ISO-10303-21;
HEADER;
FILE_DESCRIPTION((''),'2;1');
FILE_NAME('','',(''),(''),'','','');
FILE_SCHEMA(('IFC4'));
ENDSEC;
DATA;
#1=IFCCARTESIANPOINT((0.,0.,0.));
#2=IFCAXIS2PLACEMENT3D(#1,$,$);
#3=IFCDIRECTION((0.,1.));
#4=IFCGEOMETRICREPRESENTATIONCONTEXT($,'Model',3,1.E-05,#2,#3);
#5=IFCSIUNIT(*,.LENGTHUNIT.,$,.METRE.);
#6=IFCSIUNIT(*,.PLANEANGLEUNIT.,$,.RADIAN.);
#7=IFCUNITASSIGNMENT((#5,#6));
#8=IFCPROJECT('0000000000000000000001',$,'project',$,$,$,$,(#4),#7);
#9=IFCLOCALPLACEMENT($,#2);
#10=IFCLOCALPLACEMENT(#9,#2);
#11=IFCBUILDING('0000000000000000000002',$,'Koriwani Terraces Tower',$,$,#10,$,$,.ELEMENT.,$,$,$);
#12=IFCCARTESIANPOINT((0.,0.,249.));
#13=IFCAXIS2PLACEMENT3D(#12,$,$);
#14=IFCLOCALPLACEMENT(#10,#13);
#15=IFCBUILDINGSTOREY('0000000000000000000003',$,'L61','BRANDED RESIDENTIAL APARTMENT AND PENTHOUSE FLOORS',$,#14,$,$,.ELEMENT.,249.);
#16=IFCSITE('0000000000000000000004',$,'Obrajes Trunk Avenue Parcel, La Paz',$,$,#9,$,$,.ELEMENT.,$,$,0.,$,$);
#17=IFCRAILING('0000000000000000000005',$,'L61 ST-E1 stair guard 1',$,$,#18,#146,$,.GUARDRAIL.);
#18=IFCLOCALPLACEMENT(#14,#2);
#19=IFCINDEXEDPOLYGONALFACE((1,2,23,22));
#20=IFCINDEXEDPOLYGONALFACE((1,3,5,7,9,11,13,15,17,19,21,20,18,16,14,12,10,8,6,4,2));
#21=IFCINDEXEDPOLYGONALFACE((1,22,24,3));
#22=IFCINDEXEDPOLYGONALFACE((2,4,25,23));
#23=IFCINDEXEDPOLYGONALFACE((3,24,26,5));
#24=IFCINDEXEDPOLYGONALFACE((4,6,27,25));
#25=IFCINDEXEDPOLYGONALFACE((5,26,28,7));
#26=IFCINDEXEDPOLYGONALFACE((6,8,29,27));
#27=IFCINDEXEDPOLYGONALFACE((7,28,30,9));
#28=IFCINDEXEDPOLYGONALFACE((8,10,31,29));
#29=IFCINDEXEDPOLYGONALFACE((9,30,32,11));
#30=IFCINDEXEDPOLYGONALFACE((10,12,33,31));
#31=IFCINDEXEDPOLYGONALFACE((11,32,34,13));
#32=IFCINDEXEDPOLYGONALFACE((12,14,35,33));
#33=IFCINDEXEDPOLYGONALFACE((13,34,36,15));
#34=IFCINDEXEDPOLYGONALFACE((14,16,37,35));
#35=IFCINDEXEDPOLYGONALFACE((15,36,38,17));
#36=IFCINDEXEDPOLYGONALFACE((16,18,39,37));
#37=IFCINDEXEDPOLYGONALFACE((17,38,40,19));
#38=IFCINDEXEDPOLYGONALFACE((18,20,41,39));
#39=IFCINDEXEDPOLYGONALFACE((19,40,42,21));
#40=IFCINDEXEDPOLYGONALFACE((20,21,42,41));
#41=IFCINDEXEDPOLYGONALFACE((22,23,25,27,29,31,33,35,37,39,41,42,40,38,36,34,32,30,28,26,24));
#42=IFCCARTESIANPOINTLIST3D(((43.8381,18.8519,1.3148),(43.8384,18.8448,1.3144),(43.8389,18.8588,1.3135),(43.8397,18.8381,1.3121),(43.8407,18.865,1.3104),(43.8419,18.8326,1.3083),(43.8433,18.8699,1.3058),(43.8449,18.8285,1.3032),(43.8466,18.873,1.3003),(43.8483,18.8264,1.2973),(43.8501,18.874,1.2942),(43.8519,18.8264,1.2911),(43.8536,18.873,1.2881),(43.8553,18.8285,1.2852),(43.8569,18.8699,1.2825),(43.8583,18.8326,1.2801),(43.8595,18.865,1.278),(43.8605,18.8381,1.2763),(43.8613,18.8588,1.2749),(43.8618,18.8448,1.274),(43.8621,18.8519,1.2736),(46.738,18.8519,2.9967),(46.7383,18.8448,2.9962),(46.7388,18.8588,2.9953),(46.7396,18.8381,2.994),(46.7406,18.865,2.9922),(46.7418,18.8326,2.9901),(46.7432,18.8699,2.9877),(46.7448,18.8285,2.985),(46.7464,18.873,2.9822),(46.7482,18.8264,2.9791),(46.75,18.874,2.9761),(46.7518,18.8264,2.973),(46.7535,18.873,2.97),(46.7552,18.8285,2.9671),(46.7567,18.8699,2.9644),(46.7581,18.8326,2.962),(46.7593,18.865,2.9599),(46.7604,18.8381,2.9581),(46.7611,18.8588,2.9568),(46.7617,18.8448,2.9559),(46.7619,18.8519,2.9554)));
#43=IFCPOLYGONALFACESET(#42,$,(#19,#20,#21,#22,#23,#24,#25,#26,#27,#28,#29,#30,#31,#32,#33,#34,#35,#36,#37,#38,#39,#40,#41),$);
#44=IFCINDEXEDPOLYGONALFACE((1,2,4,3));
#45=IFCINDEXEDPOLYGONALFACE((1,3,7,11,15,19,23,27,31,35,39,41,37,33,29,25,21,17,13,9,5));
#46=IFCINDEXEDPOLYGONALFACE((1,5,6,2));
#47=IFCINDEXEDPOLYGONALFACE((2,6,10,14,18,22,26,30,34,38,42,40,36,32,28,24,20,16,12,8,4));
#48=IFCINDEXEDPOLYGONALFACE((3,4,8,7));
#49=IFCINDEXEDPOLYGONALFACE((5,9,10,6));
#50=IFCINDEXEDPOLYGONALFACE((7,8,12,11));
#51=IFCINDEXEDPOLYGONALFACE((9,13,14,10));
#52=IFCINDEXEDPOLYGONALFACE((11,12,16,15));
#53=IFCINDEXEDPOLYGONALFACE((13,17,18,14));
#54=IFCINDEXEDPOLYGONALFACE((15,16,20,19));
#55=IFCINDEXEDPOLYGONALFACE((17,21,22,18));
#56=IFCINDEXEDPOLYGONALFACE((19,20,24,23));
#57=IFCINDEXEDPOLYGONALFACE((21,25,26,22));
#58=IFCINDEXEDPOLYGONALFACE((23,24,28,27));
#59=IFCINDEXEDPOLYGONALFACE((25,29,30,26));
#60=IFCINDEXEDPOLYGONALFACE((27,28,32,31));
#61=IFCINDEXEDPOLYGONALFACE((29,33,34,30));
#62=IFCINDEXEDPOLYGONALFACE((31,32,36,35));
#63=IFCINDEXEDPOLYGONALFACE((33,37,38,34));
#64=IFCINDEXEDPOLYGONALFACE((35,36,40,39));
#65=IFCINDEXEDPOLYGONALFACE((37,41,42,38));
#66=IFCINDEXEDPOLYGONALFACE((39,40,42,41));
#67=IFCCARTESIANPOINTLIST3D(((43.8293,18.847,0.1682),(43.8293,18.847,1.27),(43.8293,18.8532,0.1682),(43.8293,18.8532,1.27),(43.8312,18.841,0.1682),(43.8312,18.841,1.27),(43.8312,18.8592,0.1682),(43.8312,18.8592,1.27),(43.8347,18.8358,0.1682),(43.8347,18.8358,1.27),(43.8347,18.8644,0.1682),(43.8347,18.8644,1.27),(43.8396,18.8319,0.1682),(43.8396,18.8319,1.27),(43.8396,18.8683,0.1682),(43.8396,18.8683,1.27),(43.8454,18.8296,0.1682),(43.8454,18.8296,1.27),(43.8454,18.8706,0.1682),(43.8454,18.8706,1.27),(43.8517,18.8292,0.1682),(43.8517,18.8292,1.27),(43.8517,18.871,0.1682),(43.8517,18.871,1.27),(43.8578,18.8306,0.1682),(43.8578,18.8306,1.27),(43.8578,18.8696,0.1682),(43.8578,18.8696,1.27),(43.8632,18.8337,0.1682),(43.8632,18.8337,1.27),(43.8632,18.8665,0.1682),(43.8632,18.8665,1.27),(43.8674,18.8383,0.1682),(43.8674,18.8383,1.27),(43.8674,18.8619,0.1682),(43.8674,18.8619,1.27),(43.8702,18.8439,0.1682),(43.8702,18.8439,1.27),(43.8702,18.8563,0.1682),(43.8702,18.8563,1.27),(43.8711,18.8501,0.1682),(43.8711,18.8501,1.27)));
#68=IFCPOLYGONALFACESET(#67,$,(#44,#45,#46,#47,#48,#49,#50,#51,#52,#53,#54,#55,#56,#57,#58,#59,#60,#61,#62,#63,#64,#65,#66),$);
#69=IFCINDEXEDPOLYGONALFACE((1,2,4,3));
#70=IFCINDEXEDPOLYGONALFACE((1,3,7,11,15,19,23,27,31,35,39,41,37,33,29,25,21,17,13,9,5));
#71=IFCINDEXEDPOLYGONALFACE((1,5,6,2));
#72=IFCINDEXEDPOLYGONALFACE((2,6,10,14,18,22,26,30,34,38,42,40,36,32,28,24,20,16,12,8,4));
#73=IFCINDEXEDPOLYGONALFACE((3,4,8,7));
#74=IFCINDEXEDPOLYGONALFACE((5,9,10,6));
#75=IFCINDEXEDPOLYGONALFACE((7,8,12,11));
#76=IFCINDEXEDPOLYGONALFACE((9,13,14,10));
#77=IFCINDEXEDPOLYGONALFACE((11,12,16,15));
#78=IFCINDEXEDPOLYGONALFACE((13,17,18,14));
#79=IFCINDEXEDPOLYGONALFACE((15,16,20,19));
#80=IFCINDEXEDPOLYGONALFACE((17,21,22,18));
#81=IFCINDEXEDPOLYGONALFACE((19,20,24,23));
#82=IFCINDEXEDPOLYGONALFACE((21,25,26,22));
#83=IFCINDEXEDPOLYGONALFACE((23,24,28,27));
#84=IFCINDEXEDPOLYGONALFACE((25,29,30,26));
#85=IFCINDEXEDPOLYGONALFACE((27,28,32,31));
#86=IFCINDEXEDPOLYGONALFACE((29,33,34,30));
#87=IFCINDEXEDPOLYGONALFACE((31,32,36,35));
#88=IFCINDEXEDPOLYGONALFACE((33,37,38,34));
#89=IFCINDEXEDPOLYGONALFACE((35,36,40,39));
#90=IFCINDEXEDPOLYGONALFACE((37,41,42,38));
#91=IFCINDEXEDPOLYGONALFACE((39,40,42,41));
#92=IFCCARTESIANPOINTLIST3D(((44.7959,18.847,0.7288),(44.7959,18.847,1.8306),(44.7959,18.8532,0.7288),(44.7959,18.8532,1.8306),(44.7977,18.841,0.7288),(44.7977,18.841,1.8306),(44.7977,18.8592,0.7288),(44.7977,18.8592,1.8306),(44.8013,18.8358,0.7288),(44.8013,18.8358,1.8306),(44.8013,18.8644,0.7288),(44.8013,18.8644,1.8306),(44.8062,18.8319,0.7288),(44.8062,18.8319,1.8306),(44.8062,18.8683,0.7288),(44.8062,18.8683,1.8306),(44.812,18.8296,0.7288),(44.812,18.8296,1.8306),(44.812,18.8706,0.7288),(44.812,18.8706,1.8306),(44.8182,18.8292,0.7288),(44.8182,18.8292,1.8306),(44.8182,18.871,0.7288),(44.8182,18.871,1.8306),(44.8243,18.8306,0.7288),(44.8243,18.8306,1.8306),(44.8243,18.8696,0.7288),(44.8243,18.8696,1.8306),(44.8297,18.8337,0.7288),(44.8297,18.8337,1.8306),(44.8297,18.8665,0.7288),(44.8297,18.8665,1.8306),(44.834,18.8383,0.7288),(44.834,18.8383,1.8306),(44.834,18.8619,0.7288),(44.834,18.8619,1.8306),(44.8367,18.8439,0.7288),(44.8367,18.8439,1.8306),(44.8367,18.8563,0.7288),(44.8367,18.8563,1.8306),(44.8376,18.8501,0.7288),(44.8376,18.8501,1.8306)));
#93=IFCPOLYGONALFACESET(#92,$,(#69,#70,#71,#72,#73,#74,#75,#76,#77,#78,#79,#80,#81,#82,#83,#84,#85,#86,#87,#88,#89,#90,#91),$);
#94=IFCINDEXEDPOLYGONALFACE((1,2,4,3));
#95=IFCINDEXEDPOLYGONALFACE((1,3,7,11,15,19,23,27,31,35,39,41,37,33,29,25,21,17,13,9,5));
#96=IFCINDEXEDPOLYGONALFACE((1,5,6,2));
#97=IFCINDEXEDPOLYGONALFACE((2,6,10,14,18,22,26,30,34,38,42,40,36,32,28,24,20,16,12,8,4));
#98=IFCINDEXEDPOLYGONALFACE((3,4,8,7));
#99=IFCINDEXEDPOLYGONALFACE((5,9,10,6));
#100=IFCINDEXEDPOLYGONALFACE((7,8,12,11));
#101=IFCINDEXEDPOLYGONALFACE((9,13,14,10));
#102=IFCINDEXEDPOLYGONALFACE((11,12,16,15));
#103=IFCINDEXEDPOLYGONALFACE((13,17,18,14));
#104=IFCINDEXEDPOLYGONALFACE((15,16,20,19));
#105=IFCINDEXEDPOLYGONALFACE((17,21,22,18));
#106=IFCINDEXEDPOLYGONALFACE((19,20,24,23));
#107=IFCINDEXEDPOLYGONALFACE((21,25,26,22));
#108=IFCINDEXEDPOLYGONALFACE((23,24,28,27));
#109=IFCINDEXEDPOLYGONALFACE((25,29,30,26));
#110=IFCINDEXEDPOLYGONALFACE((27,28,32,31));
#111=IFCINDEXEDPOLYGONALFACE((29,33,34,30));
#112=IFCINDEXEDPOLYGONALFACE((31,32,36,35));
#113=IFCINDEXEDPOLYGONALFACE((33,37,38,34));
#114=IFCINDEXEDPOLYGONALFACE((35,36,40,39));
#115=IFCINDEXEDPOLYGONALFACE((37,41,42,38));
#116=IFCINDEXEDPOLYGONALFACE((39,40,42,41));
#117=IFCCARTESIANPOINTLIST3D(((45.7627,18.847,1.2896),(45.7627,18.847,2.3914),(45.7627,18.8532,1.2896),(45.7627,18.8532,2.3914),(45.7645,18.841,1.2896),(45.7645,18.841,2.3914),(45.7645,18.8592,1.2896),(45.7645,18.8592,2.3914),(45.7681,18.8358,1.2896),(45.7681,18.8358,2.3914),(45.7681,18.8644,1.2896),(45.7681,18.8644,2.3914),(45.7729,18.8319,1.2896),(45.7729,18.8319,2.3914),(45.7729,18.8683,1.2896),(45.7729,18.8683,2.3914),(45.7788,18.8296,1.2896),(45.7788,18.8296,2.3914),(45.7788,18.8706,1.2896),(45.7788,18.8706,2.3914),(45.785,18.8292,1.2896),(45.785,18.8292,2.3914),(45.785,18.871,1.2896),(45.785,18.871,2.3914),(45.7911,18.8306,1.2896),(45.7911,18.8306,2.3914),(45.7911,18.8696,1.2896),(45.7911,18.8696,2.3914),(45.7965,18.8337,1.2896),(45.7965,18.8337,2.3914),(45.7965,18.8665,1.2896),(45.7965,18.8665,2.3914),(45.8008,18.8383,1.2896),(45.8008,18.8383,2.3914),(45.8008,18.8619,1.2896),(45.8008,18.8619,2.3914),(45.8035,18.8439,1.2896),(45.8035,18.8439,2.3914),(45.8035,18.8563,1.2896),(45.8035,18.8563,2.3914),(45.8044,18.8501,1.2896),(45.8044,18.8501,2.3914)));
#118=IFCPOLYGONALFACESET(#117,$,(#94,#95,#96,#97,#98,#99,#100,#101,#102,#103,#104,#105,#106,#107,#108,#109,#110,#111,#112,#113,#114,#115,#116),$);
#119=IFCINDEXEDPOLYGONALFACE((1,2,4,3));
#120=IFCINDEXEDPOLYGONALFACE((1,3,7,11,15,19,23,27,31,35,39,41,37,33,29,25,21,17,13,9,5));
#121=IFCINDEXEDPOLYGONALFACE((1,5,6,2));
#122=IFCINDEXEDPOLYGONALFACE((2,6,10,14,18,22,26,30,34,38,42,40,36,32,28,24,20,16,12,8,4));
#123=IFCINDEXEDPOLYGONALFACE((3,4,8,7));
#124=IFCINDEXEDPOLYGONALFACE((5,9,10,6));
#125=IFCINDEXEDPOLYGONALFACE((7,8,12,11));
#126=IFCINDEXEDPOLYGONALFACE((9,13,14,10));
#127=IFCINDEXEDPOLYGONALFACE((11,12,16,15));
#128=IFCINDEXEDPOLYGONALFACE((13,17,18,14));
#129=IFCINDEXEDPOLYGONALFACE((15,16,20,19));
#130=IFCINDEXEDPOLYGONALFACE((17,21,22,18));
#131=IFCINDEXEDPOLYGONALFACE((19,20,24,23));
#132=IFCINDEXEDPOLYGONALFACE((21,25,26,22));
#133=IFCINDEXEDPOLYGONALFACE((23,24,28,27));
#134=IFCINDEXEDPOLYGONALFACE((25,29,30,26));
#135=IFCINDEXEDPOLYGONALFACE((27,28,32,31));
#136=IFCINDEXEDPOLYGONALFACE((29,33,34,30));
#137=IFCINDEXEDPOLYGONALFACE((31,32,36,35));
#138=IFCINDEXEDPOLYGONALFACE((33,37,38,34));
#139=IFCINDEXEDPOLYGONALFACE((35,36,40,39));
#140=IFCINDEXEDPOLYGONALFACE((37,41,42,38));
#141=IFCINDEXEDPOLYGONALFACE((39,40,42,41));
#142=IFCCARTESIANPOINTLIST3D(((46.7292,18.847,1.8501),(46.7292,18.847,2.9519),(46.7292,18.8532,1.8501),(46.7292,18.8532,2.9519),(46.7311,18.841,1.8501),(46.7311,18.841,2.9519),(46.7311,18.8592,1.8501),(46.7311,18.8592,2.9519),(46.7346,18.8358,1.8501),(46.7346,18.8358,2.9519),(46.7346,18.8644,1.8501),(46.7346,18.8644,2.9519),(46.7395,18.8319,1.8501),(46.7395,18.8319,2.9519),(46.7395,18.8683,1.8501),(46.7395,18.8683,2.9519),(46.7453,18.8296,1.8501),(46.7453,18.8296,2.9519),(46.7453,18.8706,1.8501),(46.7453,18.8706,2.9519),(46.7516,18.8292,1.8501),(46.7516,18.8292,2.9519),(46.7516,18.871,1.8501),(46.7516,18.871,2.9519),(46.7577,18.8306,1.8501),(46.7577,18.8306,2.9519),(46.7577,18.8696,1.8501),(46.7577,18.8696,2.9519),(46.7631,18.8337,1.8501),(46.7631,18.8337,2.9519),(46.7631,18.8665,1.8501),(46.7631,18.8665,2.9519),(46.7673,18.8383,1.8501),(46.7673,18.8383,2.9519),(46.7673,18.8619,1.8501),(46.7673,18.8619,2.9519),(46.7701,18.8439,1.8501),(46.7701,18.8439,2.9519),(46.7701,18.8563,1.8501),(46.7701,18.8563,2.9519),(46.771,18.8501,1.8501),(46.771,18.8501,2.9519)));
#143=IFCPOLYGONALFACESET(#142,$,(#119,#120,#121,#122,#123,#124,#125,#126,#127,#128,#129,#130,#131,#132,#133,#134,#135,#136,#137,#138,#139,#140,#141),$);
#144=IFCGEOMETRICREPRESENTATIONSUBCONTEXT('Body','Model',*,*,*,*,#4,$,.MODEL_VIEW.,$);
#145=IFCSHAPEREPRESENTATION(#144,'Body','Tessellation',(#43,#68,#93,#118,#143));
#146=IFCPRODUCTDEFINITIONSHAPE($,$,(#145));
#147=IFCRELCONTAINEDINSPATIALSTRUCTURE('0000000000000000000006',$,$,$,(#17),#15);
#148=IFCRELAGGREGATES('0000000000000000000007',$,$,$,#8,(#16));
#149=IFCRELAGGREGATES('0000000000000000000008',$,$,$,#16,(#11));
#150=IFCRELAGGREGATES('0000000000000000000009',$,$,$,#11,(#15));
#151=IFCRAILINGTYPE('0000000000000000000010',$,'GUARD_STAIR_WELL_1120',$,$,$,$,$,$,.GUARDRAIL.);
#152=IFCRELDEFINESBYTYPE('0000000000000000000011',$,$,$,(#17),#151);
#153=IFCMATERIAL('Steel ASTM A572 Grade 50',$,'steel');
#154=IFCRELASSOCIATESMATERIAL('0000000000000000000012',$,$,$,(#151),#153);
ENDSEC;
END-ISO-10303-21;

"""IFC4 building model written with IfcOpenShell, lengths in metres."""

from ifc_helpers import new_model, si_unit, direction, frame, origin, origin_2d, place, context, subcontext, project, spatial, circle, extrude, material, type_object, element, save


model = new_model("IFC4")

# Units and contexts
model_context = context("Model", 3, precision=1e-05, world=origin(), true_north=direction((0.0, 1.0)))
body_context = subcontext(model_context, "Body", "Model", "MODEL_VIEW")
ifc_project = project(units=[si_unit("LENGTHUNIT", "METRE"), si_unit("PLANEANGLEUNIT", "RADIAN")], contexts=[model_context])

# Site, building, storey
site_placement = place(None, origin())
site = spatial("IfcSite", under=ifc_project, at=site_placement, Name="Obrajes Trunk Avenue Parcel, La Paz", CompositionType="ELEMENT", RefElevation=0.0)
building_placement = place(site_placement, origin())
building = spatial("IfcBuilding", under=site, at=building_placement, Name="Koriwani Terraces Tower", CompositionType="ELEMENT")
storey_placement = place(building_placement, frame((0.0, 0.0, 249.0)))
storey = spatial("IfcBuildingStorey", under=building, at=storey_placement, Name="L61", Description="BRANDED RESIDENTIAL APARTMENT AND PENTHOUSE FLOORS", CompositionType="ELEMENT", Elevation=249.0)

# Shared definitions
ifc_material_1 = material(Name="Steel ASTM A572 Grade 50", Category="steel")

# Railing
railing_type_1 = type_object("IfcRailingType", Name="GUARD_STAIR_WELL_1120", PredefinedType="GUARDRAIL", material=ifc_material_1)
railing_1_placement = place(storey_placement, frame((43.8501, 18.8501, 0.1682)))
element("IfcRailing", 1, at=railing_1_placement, inside=storey, type_object=railing_type_1, Name="L61 ST-E1 stair guard 1", PredefinedType="GUARDRAIL", context=body_context, shape_type="SweptSolid", body=[
    extrude(circle(Radius=0.0239, at=origin_2d()), frame((0.0, 0.0, 1.126), z_axis=(0.865039, 0.0, 0.501705), x_axis=(0.0, 1.0, 0.0)), (0.0, 0.0, 1.0), 3.3523),
    extrude(circle(Radius=0.021, at=origin_2d()), origin(), (0.0, 0.0, 1.0), 1.1018),
    extrude(circle(Radius=0.021, at=origin_2d()), frame((0.9666, 0.0, 0.5605)), (0.0, 0.0, 1.0), 1.1018),
    extrude(circle(Radius=0.021, at=origin_2d()), frame((1.9333, 0.0, 1.1213)), (0.0, 0.0, 1.0), 1.1018),
    extrude(circle(Radius=0.021, at=origin_2d()), frame((2.8999, 0.0, 1.6819)), (0.0, 0.0, 1.0), 1.1018),
])

save(model, "model.ifc")
